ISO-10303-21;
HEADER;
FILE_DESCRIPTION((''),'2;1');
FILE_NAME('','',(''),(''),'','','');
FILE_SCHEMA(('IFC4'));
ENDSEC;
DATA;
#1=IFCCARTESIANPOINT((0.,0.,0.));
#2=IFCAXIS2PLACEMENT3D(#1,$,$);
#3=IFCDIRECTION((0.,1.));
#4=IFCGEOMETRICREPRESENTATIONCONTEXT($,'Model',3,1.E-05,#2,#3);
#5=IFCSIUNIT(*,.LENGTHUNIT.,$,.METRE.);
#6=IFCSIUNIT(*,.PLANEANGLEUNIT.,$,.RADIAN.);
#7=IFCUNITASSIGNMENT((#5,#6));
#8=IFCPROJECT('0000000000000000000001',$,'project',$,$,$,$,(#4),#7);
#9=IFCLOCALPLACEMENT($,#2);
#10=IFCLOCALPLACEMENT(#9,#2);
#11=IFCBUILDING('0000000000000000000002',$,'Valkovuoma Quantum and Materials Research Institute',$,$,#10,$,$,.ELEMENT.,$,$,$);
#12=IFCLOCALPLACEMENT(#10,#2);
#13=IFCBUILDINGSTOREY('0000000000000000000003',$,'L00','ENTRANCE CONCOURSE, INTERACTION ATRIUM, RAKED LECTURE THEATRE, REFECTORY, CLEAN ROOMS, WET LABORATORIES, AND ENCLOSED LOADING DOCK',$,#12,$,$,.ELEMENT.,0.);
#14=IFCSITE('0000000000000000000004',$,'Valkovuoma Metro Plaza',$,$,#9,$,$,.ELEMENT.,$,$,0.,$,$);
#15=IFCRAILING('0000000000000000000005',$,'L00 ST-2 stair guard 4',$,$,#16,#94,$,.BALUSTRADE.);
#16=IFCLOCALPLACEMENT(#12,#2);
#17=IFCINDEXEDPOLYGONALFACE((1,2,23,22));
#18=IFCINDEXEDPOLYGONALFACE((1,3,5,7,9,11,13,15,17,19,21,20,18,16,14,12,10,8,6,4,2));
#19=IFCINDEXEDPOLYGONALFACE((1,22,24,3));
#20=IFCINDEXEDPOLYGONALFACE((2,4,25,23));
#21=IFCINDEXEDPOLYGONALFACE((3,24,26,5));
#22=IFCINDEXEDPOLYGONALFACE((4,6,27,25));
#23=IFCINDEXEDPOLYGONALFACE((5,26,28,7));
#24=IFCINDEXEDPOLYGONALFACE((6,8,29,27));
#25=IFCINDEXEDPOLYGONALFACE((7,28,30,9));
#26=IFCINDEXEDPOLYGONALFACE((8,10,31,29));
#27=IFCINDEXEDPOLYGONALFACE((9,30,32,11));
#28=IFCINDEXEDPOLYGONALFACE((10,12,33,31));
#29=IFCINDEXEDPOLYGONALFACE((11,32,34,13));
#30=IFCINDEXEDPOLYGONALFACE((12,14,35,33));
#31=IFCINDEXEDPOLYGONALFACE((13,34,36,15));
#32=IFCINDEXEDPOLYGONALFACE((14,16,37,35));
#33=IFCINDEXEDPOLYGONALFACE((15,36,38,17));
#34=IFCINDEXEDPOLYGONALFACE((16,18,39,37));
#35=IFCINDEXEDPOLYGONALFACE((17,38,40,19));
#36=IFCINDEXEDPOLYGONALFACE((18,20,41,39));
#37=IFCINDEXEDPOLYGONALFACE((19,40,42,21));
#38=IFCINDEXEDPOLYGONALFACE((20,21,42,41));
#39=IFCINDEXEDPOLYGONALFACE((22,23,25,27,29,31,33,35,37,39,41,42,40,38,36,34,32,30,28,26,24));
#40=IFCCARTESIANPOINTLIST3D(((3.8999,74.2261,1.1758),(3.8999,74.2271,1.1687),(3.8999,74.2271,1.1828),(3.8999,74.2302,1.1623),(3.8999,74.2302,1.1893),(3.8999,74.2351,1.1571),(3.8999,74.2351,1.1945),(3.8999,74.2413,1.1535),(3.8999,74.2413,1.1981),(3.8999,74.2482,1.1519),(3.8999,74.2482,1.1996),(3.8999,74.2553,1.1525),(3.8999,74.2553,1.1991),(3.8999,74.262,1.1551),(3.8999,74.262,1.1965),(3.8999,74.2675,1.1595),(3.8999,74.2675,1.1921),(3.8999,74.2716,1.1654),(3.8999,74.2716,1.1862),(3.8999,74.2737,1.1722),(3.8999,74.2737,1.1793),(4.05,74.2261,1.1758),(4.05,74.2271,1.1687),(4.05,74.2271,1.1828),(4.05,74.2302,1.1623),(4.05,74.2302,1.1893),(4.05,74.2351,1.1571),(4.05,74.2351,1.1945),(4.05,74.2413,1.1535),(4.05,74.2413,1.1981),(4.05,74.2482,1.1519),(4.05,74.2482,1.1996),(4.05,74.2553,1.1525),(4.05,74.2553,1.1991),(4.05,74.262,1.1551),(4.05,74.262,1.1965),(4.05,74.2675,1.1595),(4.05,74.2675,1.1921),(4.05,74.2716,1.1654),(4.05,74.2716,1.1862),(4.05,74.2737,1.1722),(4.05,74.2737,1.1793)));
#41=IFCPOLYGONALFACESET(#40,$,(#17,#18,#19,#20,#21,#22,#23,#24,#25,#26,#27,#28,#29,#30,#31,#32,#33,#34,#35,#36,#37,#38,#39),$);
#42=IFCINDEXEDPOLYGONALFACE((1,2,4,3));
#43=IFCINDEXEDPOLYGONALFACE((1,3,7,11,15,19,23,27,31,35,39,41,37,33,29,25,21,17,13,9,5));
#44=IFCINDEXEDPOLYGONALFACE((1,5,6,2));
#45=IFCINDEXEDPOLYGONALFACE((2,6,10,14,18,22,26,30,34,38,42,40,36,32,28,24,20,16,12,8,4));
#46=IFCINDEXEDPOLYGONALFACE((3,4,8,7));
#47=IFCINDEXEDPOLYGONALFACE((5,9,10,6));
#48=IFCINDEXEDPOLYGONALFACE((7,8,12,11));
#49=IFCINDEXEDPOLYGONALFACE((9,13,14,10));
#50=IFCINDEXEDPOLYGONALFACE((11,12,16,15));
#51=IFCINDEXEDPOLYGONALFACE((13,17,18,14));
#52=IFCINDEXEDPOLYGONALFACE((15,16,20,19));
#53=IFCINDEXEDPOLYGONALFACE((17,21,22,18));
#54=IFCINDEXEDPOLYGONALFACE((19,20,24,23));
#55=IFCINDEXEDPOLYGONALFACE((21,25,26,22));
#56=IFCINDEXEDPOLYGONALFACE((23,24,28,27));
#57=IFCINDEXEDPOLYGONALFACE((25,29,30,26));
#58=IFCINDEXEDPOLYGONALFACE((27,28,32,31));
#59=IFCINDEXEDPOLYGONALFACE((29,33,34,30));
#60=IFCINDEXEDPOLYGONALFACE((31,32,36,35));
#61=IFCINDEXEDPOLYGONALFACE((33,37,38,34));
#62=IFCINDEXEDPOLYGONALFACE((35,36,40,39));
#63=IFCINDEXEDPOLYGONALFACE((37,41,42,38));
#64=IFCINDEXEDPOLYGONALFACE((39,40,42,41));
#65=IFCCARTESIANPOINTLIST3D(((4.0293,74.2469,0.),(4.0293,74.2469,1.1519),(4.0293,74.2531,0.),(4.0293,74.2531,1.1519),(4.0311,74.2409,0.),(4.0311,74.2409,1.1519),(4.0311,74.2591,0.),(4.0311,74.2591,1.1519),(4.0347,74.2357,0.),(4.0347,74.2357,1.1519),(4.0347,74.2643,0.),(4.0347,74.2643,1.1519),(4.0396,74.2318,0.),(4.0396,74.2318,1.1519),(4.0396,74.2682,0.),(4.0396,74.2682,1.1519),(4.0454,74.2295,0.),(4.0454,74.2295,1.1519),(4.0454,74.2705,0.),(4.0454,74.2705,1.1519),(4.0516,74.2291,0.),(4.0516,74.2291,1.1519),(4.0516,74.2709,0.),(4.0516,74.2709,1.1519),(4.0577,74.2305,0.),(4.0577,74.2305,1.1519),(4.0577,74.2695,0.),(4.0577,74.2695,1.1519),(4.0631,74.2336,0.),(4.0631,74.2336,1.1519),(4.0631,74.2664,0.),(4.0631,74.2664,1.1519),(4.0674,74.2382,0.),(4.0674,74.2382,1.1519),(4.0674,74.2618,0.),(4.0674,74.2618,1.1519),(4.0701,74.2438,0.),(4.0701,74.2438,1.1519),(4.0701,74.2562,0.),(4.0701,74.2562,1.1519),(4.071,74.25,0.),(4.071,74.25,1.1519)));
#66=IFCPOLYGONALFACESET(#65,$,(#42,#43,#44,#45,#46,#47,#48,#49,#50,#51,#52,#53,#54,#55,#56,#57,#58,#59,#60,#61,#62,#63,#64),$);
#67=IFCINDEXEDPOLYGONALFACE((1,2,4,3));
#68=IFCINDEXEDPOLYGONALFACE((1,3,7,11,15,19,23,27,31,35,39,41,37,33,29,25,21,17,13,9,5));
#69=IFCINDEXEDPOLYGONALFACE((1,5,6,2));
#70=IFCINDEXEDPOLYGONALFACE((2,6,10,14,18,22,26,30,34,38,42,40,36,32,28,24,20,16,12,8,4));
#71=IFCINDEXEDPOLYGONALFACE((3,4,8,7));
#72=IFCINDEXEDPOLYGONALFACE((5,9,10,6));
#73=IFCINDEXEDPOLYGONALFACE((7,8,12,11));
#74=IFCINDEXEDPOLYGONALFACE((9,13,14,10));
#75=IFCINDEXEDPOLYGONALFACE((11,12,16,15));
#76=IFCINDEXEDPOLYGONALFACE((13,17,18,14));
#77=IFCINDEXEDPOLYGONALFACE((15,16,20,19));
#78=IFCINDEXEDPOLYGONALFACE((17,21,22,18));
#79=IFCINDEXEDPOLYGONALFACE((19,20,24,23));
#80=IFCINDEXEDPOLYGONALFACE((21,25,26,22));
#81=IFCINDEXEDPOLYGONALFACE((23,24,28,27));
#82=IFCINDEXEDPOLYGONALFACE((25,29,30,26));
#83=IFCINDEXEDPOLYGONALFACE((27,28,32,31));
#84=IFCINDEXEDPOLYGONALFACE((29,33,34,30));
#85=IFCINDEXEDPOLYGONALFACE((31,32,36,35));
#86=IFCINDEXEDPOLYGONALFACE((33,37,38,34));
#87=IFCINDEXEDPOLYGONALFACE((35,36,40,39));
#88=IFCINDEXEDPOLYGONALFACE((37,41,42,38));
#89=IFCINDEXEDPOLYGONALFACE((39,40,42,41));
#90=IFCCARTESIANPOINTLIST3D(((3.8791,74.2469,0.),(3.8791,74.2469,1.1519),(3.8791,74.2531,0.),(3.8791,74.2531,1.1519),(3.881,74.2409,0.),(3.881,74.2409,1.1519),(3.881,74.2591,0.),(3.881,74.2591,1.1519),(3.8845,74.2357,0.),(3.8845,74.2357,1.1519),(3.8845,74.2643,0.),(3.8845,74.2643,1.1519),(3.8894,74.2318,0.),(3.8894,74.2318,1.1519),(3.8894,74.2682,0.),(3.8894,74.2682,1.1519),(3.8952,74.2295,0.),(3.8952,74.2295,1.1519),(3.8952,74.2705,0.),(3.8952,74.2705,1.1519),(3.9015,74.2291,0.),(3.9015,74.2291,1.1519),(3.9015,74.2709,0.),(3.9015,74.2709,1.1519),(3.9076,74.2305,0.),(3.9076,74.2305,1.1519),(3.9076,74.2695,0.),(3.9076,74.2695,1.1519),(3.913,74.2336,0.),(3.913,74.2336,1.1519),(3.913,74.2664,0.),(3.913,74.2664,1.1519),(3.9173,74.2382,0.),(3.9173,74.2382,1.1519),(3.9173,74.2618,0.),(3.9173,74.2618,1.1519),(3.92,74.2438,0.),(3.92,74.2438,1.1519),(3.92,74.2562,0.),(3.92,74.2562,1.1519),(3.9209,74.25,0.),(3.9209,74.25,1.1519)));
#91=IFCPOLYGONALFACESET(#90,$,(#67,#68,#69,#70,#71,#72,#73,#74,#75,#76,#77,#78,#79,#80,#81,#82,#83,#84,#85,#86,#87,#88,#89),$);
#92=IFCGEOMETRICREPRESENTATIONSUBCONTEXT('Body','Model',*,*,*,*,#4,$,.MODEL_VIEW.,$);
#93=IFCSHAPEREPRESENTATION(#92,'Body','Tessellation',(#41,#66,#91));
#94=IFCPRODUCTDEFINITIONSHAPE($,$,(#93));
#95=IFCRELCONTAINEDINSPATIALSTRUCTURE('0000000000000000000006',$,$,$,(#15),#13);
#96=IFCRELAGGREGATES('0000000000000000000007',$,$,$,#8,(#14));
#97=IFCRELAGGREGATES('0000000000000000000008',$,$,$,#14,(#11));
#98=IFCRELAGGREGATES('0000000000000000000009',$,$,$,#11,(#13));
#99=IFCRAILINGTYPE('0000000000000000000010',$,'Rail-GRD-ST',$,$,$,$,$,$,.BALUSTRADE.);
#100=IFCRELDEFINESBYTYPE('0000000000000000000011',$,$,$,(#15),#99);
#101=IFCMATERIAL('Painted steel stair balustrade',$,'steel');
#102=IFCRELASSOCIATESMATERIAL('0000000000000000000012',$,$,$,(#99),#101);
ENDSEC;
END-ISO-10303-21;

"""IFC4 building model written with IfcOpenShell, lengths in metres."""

from ifc_helpers import new_model, si_unit, direction, frame, origin, origin_2d, place, context, subcontext, project, spatial, circle, extrude, material, type_object, element, save


model = new_model("IFC4")

# Units and contexts
model_context = context("Model", 3, precision=1e-05, world=origin(), true_north=direction((0.0, 1.0)))
body_context = subcontext(model_context, "Body", "Model", "MODEL_VIEW")
ifc_project = project(units=[si_unit("LENGTHUNIT", "METRE"), si_unit("PLANEANGLEUNIT", "RADIAN")], contexts=[model_context])

# Site, building, storey
site_placement = place(None, origin())
site = spatial("IfcSite", under=ifc_project, at=site_placement, Name="Valkovuoma Metro Plaza", CompositionType="ELEMENT", RefElevation=0.0)
building_placement = place(site_placement, origin())
building = spatial("IfcBuilding", under=site, at=building_placement, Name="Valkovuoma Quantum and Materials Research Institute", CompositionType="ELEMENT")
storey_placement = place(building_placement, origin())
storey = spatial("IfcBuildingStorey", under=building, at=storey_placement, Name="L00", Description="ENTRANCE CONCOURSE, INTERACTION ATRIUM, RAKED LECTURE THEATRE, REFECTORY, CLEAN ROOMS, WET LABORATORIES, AND ENCLOSED LOADING DOCK", CompositionType="ELEMENT", Elevation=0.0)

# Railing
ifc_material_1 = material(Name="Painted steel stair balustrade", Category="steel")
railing_type = type_object("IfcRailingType", Name="Rail-GRD-ST", PredefinedType="BALUSTRADE", material=ifc_material_1)
railing_1_placement = place(storey_placement, frame((4.05, 74.25, 0.0)))
element("IfcRailing", 1, at=railing_1_placement, inside=storey, type_object=railing_type, Name="L00 ST-2 stair guard 4", PredefinedType="BALUSTRADE", context=body_context, shape_type="SweptSolid", body=[
    extrude(circle(Radius=0.0239, at=origin_2d()), frame((0.0, 0.0, 1.1758), z_axis=(-1.0, 0.0, 0.0), x_axis=(0.0, -1.0, 0.0)), (0.0, 0.0, 1.0), 0.1501),
    extrude(circle(Radius=0.021, at=origin_2d()), origin(), (0.0, 0.0, 1.0), 1.1519),
    extrude(circle(Radius=0.021, at=origin_2d()), frame((-0.1501, 0.0, 0.0)), (0.0, 0.0, 1.0), 1.1519),
])

save(model, "model.ifc")
